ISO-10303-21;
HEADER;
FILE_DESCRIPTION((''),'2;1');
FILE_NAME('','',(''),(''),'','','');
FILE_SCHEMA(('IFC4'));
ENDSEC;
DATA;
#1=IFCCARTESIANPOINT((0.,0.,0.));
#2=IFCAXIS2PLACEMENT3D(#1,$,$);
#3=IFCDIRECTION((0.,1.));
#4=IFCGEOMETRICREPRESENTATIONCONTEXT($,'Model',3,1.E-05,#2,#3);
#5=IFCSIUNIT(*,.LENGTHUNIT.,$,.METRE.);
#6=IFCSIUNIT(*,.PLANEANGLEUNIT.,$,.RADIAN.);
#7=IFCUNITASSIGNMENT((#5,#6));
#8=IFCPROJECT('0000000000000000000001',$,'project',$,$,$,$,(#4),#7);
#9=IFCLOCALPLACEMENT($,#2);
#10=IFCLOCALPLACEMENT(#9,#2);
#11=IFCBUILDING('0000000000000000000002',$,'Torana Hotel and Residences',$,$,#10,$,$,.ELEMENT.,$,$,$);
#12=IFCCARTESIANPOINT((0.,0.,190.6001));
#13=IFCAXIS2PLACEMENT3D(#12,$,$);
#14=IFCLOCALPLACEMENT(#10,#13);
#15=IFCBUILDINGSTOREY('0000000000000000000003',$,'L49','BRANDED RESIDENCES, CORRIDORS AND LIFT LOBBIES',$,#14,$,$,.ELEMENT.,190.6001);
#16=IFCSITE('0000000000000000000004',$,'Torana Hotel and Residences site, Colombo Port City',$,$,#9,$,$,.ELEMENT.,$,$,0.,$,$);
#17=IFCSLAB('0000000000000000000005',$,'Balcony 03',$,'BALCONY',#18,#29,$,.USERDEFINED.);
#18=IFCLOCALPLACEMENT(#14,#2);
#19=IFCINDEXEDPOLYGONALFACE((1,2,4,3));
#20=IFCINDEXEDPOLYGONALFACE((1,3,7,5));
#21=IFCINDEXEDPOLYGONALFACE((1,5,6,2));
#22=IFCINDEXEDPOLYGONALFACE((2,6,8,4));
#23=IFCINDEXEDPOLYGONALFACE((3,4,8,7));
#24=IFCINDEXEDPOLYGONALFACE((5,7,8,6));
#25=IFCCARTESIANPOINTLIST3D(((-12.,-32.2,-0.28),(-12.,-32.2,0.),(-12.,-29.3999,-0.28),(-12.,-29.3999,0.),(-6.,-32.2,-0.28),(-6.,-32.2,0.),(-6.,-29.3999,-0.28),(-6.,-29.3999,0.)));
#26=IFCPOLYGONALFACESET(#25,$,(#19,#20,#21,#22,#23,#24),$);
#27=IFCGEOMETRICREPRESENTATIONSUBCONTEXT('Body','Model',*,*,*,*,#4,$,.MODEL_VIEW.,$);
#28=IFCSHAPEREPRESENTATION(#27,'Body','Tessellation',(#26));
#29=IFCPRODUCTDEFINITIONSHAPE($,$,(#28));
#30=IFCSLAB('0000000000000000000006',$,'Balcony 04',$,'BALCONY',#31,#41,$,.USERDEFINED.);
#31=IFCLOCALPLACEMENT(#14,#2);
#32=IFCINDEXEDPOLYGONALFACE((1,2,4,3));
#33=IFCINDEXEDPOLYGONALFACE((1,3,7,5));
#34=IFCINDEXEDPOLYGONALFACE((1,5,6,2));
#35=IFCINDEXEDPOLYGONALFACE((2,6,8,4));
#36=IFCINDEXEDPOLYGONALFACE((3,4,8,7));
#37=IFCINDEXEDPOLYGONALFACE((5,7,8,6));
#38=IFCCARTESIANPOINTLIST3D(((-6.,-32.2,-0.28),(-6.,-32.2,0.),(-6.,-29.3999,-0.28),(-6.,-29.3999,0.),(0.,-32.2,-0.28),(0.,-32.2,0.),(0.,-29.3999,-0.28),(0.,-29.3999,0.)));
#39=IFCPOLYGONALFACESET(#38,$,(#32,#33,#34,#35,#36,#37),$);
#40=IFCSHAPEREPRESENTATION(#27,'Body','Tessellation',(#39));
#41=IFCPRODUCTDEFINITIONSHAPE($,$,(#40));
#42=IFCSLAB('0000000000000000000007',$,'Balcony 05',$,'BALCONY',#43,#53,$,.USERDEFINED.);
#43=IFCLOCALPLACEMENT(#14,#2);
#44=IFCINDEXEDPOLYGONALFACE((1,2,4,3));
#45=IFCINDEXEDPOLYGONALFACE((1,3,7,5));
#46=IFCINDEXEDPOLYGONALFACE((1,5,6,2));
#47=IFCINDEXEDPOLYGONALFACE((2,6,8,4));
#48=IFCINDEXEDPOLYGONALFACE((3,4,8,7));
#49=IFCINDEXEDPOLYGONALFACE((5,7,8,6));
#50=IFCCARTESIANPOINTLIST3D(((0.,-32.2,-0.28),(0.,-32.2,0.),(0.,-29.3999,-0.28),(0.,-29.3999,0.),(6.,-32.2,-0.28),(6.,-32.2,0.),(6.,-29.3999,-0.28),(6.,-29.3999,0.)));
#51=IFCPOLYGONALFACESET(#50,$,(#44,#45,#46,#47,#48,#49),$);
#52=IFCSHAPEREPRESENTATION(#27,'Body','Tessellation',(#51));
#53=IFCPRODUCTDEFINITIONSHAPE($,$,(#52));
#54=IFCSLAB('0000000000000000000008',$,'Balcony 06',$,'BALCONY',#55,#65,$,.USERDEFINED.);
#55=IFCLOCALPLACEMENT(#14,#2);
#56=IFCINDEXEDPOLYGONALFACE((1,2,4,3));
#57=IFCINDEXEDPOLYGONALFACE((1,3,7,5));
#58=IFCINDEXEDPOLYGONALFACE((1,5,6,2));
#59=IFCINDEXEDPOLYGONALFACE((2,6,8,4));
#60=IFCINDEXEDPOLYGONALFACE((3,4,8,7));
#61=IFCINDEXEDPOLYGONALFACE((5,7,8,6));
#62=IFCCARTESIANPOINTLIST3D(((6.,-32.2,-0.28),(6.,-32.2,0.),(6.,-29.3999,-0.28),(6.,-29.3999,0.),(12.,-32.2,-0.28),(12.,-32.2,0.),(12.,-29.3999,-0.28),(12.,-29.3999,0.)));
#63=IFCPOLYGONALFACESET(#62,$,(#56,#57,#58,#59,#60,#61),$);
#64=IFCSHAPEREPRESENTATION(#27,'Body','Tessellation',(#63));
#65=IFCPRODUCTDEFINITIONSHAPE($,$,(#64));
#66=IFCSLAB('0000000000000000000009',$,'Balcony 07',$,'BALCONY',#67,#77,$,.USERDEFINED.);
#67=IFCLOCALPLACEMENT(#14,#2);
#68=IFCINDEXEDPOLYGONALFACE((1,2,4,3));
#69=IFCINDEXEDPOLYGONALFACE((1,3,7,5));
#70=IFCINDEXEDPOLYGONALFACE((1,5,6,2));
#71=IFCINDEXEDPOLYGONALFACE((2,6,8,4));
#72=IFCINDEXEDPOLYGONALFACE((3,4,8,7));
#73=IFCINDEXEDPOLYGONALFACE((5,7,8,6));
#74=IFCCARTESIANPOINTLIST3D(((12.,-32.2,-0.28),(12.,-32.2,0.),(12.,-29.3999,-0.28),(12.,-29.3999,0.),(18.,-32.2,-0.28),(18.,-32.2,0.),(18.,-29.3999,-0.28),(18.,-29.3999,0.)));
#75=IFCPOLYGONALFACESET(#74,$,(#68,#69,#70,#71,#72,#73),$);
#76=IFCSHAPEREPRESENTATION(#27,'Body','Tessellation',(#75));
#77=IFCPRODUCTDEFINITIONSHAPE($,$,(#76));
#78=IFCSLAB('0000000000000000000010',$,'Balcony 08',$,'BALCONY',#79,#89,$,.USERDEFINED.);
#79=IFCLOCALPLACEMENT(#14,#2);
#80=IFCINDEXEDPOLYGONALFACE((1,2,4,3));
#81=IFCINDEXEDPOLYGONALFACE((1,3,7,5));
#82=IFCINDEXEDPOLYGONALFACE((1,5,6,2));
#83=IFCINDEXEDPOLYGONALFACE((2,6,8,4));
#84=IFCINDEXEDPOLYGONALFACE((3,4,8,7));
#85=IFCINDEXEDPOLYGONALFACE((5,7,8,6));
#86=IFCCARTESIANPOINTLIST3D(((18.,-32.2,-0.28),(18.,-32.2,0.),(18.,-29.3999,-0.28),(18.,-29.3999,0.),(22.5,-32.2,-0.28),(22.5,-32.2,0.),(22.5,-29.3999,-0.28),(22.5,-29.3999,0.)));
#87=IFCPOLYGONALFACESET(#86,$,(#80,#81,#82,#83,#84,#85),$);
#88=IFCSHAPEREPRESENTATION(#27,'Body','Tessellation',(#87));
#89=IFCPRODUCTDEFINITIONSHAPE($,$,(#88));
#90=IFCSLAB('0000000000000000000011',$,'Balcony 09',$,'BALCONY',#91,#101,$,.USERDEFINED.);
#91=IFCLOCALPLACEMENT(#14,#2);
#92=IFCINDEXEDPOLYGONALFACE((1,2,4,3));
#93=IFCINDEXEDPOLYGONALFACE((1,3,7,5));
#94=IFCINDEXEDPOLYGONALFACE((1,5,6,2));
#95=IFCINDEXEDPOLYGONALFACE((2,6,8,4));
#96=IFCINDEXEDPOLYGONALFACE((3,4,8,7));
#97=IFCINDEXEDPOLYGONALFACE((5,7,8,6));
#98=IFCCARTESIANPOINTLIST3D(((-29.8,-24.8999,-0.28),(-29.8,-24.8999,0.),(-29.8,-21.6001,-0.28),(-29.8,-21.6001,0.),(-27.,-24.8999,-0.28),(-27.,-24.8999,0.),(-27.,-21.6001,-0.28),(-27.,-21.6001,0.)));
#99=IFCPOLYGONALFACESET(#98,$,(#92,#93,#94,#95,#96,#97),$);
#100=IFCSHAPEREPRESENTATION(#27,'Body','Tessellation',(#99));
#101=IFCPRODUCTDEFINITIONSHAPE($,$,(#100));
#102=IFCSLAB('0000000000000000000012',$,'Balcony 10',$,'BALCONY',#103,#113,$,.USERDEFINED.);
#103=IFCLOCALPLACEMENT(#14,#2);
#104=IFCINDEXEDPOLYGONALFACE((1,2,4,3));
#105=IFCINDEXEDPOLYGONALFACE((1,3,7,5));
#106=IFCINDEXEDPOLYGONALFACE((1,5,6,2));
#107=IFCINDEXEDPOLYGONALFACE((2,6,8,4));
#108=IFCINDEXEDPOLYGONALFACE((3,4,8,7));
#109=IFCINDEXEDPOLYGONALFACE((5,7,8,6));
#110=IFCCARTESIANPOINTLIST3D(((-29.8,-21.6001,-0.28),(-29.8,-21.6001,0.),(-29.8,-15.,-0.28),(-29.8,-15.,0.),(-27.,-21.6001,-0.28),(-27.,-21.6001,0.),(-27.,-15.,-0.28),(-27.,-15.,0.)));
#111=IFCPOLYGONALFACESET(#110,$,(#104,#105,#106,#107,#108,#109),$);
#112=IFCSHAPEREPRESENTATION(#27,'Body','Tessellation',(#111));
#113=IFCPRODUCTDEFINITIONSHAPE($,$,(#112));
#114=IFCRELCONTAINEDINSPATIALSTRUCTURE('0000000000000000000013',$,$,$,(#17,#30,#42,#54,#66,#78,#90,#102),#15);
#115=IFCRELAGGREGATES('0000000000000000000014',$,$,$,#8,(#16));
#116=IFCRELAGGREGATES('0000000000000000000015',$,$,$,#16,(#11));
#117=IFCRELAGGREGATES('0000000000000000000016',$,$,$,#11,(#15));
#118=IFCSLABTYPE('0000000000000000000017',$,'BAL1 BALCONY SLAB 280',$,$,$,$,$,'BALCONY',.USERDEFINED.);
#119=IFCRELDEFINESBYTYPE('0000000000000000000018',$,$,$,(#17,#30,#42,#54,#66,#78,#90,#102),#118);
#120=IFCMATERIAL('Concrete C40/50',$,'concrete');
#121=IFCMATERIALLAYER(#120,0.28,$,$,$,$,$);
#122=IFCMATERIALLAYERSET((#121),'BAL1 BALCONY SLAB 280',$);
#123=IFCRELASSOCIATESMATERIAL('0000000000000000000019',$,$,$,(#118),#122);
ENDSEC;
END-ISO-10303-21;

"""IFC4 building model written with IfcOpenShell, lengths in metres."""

from ifc_helpers import new_model, si_unit, direction, frame, origin, place, context, subcontext, project, spatial, polyline, outline, extrude, material, layer, layer_set, type_object, element, save


model = new_model("IFC4")

# Units and contexts
model_context = context("Model", 3, precision=1e-05, world=origin(), true_north=direction((0.0, 1.0)))
body_context = subcontext(model_context, "Body", "Model", "MODEL_VIEW")
ifc_project = project(units=[si_unit("LENGTHUNIT", "METRE"), si_unit("PLANEANGLEUNIT", "RADIAN")], contexts=[model_context])

# Site, building, storey
site_placement = place(None, origin())
site = spatial("IfcSite", under=ifc_project, at=site_placement, Name="Torana Hotel and Residences site, Colombo Port City", CompositionType="ELEMENT", RefElevation=0.0)
building_placement = place(site_placement, origin())
building = spatial("IfcBuilding", under=site, at=building_placement, Name="Torana Hotel and Residences", CompositionType="ELEMENT")
storey_placement = place(building_placement, frame((0.0, 0.0, 190.6001)))
storey = spatial("IfcBuildingStorey", under=building, at=storey_placement, Name="L49", Description="BRANDED RESIDENCES, CORRIDORS AND LIFT LOBBIES", CompositionType="ELEMENT", Elevation=190.6001)

# Slabs
ifc_material_1 = material(Name="Concrete C40/50", Category="concrete")
ifc_layer_1 = layer(ifc_material_1, 0.28)
ifc_layer_set_1 = layer_set([ifc_layer_1], Name="BAL1 BALCONY SLAB 280")
slab_type = type_object("IfcSlabType", Name="BAL1 BALCONY SLAB 280", ElementType="BALCONY", PredefinedType="USERDEFINED", material=ifc_layer_set_1)
slab_1_placement = place(storey_placement, frame((0.0, 0.0, -0.28)))
element("IfcSlab", 1, at=slab_1_placement, inside=storey, type_object=slab_type, Name="Balcony 03", ObjectType="BALCONY", PredefinedType="USERDEFINED", context=body_context, shape_type="SweptSolid", body=[
    extrude(outline(polyline([(-12.0, -32.2), (-6.0, -32.2), (-6.0, -29.3999), (-12.0, -29.3999), (-12.0, -32.2)])), origin(), (0.0, 0.0, 1.0), 0.28),
])
slab_2_placement = place(storey_placement, frame((0.0, 0.0, -0.28)))
element("IfcSlab", 2, at=slab_2_placement, inside=storey, type_object=slab_type, Name="Balcony 04", ObjectType="BALCONY", PredefinedType="USERDEFINED", context=body_context, shape_type="SweptSolid", body=[
    extrude(outline(polyline([(-6.0, -32.2), (0.0, -32.2), (0.0, -29.3999), (-6.0, -29.3999), (-6.0, -32.2)])), origin(), (0.0, 0.0, 1.0), 0.28),
])
slab_3_placement = place(storey_placement, frame((0.0, 0.0, -0.28)))
element("IfcSlab", 3, at=slab_3_placement, inside=storey, type_object=slab_type, Name="Balcony 05", ObjectType="BALCONY", PredefinedType="USERDEFINED", context=body_context, shape_type="SweptSolid", body=[
    extrude(outline(polyline([(0.0, -32.2), (6.0, -32.2), (6.0, -29.3999), (0.0, -29.3999), (0.0, -32.2)])), origin(), (0.0, 0.0, 1.0), 0.28),
])
slab_4_placement = place(storey_placement, frame((0.0, 0.0, -0.28)))
element("IfcSlab", 4, at=slab_4_placement, inside=storey, type_object=slab_type, Name="Balcony 06", ObjectType="BALCONY", PredefinedType="USERDEFINED", context=body_context, shape_type="SweptSolid", body=[
    extrude(outline(polyline([(6.0, -32.2), (12.0, -32.2), (12.0, -29.3999), (6.0, -29.3999), (6.0, -32.2)])), origin(), (0.0, 0.0, 1.0), 0.28),
])
slab_5_placement = place(storey_placement, frame((0.0, 0.0, -0.28)))
element("IfcSlab", 5, at=slab_5_placement, inside=storey, type_object=slab_type, Name="Balcony 07", ObjectType="BALCONY", PredefinedType="USERDEFINED", context=body_context, shape_type="SweptSolid", body=[
    extrude(outline(polyline([(12.0, -32.2), (18.0, -32.2), (18.0, -29.3999), (12.0, -29.3999), (12.0, -32.2)])), origin(), (0.0, 0.0, 1.0), 0.28),
])
slab_6_placement = place(storey_placement, frame((0.0, 0.0, -0.28)))
element("IfcSlab", 6, at=slab_6_placement, inside=storey, type_object=slab_type, Name="Balcony 08", ObjectType="BALCONY", PredefinedType="USERDEFINED", context=body_context, shape_type="SweptSolid", body=[
    extrude(outline(polyline([(18.0, -32.2), (22.5, -32.2), (22.5, -29.3999), (18.0, -29.3999), (18.0, -32.2)])), origin(), (0.0, 0.0, 1.0), 0.28),
])
slab_7_placement = place(storey_placement, frame((0.0, 0.0, -0.28)))
element("IfcSlab", 7, at=slab_7_placement, inside=storey, type_object=slab_type, Name="Balcony 09", ObjectType="BALCONY", PredefinedType="USERDEFINED", context=body_context, shape_type="SweptSolid", body=[
    extrude(outline(polyline([(-29.8, -24.8999), (-27.0, -24.8999), (-27.0, -21.6001), (-29.8, -21.6001), (-29.8, -24.8999)])), origin(), (0.0, 0.0, 1.0), 0.28),
])
slab_8_placement = place(storey_placement, frame((0.0, 0.0, -0.28)))
element("IfcSlab", 8, at=slab_8_placement, inside=storey, type_object=slab_type, Name="Balcony 10", ObjectType="BALCONY", PredefinedType="USERDEFINED", context=body_context, shape_type="SweptSolid", body=[
    extrude(outline(polyline([(-29.8, -21.6001), (-27.0, -21.6001), (-27.0, -15.0), (-29.8, -15.0), (-29.8, -21.6001)])), origin(), (0.0, 0.0, 1.0), 0.28),
])

save(model, "model.ifc")
